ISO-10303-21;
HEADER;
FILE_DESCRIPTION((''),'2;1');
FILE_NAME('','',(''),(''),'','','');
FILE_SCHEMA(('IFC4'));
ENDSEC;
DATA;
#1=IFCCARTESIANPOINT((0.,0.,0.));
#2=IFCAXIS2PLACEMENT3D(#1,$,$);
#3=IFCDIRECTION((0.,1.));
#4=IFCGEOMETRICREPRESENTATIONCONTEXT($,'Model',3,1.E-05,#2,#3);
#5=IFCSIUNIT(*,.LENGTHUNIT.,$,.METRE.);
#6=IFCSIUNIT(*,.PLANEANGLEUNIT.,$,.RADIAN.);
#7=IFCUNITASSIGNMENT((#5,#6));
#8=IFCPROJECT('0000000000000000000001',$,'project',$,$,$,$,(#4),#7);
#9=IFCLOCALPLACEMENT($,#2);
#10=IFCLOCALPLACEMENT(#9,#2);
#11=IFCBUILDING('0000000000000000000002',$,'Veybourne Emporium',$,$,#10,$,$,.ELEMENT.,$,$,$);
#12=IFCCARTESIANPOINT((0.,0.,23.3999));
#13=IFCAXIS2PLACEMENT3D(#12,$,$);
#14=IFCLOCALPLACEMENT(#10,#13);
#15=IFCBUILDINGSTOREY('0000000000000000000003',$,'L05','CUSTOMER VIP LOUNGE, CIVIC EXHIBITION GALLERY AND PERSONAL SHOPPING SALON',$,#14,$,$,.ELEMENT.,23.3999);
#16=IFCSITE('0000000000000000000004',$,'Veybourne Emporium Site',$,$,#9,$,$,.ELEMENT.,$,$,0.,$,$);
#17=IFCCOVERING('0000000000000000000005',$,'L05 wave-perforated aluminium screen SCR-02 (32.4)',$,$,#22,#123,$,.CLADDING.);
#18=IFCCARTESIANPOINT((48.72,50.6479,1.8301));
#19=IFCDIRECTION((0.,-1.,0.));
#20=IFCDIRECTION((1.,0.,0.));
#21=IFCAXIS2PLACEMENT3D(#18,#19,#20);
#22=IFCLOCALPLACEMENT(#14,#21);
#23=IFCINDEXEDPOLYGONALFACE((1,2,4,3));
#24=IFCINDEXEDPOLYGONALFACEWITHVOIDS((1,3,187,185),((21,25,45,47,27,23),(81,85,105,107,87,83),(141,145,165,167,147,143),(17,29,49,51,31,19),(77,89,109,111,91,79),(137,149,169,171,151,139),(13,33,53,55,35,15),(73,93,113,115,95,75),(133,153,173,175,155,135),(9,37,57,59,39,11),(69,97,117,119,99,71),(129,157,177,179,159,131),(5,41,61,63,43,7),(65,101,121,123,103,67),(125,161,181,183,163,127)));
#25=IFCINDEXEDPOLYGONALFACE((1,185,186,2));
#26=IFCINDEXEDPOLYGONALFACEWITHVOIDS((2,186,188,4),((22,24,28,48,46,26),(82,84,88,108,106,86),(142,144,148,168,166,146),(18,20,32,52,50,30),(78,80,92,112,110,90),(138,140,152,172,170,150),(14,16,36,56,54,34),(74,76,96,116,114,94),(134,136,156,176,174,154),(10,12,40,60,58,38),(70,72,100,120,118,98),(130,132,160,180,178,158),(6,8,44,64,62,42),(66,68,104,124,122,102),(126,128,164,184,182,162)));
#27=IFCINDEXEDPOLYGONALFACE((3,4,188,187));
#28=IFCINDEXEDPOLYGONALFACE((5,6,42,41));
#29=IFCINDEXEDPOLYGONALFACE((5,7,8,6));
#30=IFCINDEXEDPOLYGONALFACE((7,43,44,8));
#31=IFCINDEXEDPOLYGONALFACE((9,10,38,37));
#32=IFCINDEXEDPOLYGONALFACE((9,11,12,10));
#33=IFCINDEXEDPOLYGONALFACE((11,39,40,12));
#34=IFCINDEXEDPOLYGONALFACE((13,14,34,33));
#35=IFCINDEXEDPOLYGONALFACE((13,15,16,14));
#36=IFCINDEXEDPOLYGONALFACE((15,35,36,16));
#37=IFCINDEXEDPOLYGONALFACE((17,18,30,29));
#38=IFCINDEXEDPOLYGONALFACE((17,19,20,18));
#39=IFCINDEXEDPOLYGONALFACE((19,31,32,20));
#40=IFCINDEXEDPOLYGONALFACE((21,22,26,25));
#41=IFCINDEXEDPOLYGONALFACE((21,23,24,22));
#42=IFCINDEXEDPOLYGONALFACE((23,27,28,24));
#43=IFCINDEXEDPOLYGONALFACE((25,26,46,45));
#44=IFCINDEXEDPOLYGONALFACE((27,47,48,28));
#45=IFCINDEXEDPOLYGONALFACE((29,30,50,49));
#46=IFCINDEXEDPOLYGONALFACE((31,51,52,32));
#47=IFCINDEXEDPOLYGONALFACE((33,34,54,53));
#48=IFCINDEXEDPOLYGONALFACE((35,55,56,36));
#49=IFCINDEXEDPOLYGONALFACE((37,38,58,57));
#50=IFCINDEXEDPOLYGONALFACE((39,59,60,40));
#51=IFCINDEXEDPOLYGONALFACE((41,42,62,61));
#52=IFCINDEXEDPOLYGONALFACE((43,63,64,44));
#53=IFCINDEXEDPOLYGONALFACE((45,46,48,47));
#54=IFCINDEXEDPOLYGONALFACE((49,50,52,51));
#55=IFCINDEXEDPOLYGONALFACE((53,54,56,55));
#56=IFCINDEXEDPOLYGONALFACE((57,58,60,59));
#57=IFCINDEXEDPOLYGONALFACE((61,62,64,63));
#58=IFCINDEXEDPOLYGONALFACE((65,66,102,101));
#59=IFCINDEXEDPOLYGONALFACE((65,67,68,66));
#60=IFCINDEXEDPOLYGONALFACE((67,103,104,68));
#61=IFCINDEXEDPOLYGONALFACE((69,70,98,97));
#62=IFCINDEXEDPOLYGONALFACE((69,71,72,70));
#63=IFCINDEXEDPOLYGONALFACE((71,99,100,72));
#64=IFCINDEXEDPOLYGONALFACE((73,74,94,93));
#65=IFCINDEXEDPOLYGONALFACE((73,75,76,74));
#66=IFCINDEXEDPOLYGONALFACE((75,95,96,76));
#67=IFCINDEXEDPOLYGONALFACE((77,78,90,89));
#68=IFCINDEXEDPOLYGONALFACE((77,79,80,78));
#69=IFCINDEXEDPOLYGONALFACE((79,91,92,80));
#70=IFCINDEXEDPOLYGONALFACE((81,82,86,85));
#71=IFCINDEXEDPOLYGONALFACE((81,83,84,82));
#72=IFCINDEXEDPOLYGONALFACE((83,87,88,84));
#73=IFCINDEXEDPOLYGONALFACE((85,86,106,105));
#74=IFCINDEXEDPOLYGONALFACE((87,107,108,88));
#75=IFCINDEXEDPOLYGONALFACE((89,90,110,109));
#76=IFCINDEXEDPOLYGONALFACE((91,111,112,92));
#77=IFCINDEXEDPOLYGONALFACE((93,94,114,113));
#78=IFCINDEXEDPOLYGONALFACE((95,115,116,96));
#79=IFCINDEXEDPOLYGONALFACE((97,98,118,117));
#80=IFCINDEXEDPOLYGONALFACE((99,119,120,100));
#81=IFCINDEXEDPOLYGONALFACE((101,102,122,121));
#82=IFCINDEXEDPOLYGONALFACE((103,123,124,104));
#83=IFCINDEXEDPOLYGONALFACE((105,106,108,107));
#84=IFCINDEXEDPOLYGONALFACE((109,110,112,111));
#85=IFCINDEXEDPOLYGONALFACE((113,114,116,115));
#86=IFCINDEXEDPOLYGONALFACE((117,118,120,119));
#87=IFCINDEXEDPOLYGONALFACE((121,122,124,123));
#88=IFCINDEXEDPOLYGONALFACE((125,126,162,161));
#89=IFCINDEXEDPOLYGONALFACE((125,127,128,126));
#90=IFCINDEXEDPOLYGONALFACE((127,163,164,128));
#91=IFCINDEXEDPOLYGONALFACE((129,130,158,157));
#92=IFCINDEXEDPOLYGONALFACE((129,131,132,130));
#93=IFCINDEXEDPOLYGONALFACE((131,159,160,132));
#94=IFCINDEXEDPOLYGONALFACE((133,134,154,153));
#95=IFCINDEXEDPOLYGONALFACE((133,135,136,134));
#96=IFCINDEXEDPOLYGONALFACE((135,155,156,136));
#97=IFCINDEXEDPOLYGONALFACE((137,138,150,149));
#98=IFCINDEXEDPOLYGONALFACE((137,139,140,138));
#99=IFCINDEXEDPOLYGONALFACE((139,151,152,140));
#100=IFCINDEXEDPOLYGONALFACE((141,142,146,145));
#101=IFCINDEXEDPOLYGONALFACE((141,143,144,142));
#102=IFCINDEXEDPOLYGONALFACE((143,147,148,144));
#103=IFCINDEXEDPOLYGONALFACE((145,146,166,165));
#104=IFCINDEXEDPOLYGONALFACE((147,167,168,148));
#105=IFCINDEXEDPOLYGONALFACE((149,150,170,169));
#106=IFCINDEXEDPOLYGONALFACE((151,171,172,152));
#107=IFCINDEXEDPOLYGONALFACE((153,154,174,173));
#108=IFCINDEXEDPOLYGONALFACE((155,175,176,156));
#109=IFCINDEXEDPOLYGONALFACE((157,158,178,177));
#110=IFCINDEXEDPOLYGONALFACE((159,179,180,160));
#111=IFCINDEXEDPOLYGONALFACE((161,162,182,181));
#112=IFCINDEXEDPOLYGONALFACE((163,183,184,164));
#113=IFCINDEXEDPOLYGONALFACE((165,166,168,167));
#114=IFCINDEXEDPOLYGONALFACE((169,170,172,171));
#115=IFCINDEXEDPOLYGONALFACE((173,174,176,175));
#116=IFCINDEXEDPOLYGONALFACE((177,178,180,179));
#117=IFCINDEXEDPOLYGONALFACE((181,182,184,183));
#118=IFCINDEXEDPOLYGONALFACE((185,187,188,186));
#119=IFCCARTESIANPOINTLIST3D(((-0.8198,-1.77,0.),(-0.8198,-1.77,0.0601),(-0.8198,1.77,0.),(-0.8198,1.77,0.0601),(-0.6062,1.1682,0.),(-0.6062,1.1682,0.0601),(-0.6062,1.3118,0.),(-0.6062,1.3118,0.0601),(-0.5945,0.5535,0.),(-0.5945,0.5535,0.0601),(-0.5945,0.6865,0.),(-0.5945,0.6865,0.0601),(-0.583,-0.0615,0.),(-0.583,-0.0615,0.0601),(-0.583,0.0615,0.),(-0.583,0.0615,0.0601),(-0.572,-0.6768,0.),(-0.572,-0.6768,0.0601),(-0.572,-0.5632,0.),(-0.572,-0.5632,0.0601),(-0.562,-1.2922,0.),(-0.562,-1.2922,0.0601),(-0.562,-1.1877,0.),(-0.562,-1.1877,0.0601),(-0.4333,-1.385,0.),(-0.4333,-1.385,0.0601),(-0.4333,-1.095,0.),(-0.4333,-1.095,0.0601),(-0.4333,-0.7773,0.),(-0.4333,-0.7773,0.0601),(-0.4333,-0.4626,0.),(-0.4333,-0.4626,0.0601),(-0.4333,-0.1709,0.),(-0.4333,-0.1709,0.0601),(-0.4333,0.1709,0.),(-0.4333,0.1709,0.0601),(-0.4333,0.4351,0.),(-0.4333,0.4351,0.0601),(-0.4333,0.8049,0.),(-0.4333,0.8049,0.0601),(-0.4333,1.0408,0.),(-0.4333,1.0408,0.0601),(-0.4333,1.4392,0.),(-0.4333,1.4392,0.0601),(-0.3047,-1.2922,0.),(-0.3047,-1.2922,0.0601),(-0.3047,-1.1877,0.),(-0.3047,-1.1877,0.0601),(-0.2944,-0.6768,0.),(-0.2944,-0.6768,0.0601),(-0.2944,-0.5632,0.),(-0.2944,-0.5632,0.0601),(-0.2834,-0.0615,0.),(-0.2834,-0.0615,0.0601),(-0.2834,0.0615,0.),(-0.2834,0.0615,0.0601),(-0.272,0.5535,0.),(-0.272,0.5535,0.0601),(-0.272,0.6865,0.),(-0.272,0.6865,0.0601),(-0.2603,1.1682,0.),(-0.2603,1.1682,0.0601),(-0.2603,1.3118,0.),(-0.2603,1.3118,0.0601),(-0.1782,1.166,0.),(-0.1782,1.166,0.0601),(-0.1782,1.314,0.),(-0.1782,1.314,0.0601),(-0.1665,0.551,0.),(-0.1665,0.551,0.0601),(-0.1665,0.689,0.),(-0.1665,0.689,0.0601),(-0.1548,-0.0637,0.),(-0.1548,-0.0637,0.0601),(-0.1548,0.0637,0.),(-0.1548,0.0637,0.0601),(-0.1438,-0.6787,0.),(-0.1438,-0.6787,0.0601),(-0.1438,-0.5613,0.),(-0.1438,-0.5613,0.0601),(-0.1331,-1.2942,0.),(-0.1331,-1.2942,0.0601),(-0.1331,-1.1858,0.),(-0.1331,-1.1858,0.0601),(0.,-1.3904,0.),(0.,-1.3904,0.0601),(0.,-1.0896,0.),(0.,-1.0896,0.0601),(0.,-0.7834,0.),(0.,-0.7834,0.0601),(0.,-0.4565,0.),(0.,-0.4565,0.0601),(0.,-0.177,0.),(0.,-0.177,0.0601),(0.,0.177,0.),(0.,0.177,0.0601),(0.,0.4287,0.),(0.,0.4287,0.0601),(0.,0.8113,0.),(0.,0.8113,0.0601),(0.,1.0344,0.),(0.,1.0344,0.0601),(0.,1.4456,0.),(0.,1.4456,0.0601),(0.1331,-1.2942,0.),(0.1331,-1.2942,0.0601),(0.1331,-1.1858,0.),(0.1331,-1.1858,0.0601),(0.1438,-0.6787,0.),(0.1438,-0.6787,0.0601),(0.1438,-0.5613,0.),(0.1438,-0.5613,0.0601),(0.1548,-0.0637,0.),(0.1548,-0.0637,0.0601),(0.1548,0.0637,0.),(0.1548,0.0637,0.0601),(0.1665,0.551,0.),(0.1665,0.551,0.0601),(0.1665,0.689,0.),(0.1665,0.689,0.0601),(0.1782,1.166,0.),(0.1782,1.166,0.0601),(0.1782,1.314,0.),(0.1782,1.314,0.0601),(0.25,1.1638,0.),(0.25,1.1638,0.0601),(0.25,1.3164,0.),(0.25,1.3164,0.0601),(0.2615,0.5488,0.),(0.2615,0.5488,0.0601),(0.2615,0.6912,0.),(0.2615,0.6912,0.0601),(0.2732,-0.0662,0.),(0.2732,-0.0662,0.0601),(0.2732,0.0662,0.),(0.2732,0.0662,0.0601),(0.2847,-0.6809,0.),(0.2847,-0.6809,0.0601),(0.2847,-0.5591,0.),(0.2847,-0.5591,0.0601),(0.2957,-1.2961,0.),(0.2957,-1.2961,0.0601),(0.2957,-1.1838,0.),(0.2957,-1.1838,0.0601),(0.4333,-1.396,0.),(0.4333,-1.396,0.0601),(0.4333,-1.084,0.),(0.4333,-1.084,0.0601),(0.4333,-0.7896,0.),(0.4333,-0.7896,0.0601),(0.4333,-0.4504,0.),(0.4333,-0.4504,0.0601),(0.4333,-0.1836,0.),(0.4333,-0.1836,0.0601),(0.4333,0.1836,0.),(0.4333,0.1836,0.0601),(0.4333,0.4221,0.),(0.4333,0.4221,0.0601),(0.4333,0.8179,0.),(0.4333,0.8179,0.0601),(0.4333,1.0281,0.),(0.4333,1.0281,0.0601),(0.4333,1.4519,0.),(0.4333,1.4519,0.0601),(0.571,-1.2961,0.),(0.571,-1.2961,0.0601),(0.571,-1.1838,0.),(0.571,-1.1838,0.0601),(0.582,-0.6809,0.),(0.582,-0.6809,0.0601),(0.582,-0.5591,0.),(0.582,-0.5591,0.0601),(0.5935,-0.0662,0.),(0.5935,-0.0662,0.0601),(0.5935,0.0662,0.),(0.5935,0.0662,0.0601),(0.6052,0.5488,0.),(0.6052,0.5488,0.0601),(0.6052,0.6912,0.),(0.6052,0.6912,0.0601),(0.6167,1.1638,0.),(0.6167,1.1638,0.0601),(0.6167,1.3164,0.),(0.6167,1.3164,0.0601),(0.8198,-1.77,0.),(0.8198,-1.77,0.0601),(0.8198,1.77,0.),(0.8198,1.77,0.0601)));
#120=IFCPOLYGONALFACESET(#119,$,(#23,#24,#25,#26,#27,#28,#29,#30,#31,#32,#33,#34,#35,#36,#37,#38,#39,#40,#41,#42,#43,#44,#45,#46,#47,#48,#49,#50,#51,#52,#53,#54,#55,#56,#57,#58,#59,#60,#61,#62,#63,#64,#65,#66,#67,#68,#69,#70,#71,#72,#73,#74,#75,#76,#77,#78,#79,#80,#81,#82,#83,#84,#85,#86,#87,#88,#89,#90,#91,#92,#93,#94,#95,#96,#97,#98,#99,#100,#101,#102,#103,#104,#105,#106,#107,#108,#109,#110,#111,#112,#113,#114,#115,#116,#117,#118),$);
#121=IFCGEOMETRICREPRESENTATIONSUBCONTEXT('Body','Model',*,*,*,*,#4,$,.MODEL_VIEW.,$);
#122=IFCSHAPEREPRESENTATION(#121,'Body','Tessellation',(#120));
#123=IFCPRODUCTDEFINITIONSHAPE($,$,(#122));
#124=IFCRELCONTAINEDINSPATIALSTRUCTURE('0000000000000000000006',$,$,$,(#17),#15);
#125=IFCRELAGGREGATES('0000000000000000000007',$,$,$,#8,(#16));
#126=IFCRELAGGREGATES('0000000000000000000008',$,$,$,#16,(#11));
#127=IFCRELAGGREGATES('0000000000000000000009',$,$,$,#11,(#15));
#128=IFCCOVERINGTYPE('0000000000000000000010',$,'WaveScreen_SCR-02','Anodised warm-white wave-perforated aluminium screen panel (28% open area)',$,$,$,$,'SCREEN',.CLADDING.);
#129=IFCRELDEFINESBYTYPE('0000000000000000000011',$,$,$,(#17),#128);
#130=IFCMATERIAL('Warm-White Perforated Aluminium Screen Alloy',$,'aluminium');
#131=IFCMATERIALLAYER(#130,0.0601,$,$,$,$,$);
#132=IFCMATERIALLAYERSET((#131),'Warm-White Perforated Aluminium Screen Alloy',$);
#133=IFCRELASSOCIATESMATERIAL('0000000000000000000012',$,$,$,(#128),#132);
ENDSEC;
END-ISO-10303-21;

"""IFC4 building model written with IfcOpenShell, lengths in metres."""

from ifc_helpers import new_model, si_unit, direction, frame, origin, place, context, subcontext, project, spatial, polyline, outline, extrude, material, layer, layer_set, type_object, element, save


model = new_model("IFC4")

# Units and contexts
model_context = context("Model", 3, precision=1e-05, world=origin(), true_north=direction((0.0, 1.0)))
body_context = subcontext(model_context, "Body", "Model", "MODEL_VIEW")
ifc_project = project(units=[si_unit("LENGTHUNIT", "METRE"), si_unit("PLANEANGLEUNIT", "RADIAN")], contexts=[model_context])

# Site, building, storey
site_placement = place(None, origin())
site = spatial("IfcSite", under=ifc_project, at=site_placement, Name="Veybourne Emporium Site", CompositionType="ELEMENT", RefElevation=0.0)
building_placement = place(site_placement, origin())
building = spatial("IfcBuilding", under=site, at=building_placement, Name="Veybourne Emporium", CompositionType="ELEMENT")
storey_placement = place(building_placement, frame((0.0, 0.0, 23.3999)))
storey = spatial("IfcBuildingStorey", under=building, at=storey_placement, Name="L05", Description="CUSTOMER VIP LOUNGE, CIVIC EXHIBITION GALLERY AND PERSONAL SHOPPING SALON", CompositionType="ELEMENT", Elevation=23.3999)

# Covering
ifc_material_1 = material(Name="Warm-White Perforated Aluminium Screen Alloy", Category="aluminium")
ifc_layer_1 = layer(ifc_material_1, 0.0601)
ifc_layer_set_1 = layer_set([ifc_layer_1], Name="Warm-White Perforated Aluminium Screen Alloy")
covering_type_1 = type_object("IfcCoveringType", Name="WaveScreen_SCR-02", Description="Anodised warm-white wave-perforated aluminium screen panel (28% open area)", ElementType="SCREEN", PredefinedType="CLADDING", material=ifc_layer_set_1)
covering_1_placement = place(storey_placement, frame((48.72, 50.6479, 1.8301), z_axis=(0.0, -1.0, 0.0), x_axis=(1.0, 0.0, 0.0)))
element("IfcCovering", 1, at=covering_1_placement, inside=storey, type_object=covering_type_1, Name="L05 wave-perforated aluminium screen SCR-02 (32.4)", PredefinedType="CLADDING", context=body_context, shape_type="SweptSolid", body=[
    extrude(outline(polyline([(-0.8198, -1.77), (0.8198, -1.77), (0.8198, 1.77), (-0.8198, 1.77), (-0.8198, -1.77)]), holes=[polyline([(-0.4333, -1.095), (-0.3047, -1.1877), (-0.3047, -1.2922), (-0.4333, -1.385), (-0.562, -1.2922), (-0.562, -1.1877), (-0.4333, -1.095)]), polyline([(-0.4333, -0.4626), (-0.2944, -0.5632), (-0.2944, -0.6768), (-0.4333, -0.7773), (-0.572, -0.6768), (-0.572, -0.5632), (-0.4333, -0.4626)]), polyline([(-0.4333, 0.1709), (-0.2834, 0.0615), (-0.2834, -0.0615), (-0.4333, -0.1709), (-0.583, -0.0615), (-0.583, 0.0615), (-0.4333, 0.1709)]), polyline([(-0.4333, 0.8049), (-0.272, 0.6865), (-0.272, 0.5535), (-0.4333, 0.4351), (-0.5945, 0.5535), (-0.5945, 0.6865), (-0.4333, 0.8049)]), polyline([(-0.4333, 1.4392), (-0.2603, 1.3118), (-0.2603, 1.1682), (-0.4333, 1.0408), (-0.6062, 1.1682), (-0.6062, 1.3118), (-0.4333, 1.4392)]), polyline([(0.0, -1.0896), (0.1331, -1.1858), (0.1331, -1.2942), (0.0, -1.3904), (-0.1331, -1.2942), (-0.1331, -1.1858), (0.0, -1.0896)]), polyline([(0.0, -0.4565), (0.1438, -0.5613), (0.1438, -0.6787), (0.0, -0.7834), (-0.1438, -0.6787), (-0.1438, -0.5613), (0.0, -0.4565)]), polyline([(0.0, 0.177), (0.1548, 0.0637), (0.1548, -0.0637), (0.0, -0.177), (-0.1548, -0.0637), (-0.1548, 0.0637), (0.0, 0.177)]), polyline([(0.0, 0.8113), (0.1665, 0.689), (0.1665, 0.551), (0.0, 0.4287), (-0.1665, 0.551), (-0.1665, 0.689), (0.0, 0.8113)]), polyline([(0.0, 1.4456), (0.1782, 1.314), (0.1782, 1.166), (0.0, 1.0344), (-0.1782, 1.166), (-0.1782, 1.314), (0.0, 1.4456)]), polyline([(0.4333, -1.084), (0.571, -1.1838), (0.571, -1.2961), (0.4333, -1.396), (0.2957, -1.2961), (0.2957, -1.1838), (0.4333, -1.084)]), polyline([(0.4333, -0.4504), (0.582, -0.5591), (0.582, -0.6809), (0.4333, -0.7896), (0.2847, -0.6809), (0.2847, -0.5591), (0.4333, -0.4504)]), polyline([(0.4333, 0.1836), (0.5935, 0.0662), (0.5935, -0.0662), (0.4333, -0.1836), (0.2732, -0.0662), (0.2732, 0.0662), (0.4333, 0.1836)]), polyline([(0.4333, 0.8179), (0.6052, 0.6912), (0.6052, 0.5488), (0.4333, 0.4221), (0.2615, 0.5488), (0.2615, 0.6912), (0.4333, 0.8179)]), polyline([(0.4333, 1.4519), (0.6167, 1.3164), (0.6167, 1.1638), (0.4333, 1.0281), (0.25, 1.1638), (0.25, 1.3164), (0.4333, 1.4519)])]), origin(), (0.0, 0.0, 1.0), 0.0601),
])

save(model, "model.ifc")
